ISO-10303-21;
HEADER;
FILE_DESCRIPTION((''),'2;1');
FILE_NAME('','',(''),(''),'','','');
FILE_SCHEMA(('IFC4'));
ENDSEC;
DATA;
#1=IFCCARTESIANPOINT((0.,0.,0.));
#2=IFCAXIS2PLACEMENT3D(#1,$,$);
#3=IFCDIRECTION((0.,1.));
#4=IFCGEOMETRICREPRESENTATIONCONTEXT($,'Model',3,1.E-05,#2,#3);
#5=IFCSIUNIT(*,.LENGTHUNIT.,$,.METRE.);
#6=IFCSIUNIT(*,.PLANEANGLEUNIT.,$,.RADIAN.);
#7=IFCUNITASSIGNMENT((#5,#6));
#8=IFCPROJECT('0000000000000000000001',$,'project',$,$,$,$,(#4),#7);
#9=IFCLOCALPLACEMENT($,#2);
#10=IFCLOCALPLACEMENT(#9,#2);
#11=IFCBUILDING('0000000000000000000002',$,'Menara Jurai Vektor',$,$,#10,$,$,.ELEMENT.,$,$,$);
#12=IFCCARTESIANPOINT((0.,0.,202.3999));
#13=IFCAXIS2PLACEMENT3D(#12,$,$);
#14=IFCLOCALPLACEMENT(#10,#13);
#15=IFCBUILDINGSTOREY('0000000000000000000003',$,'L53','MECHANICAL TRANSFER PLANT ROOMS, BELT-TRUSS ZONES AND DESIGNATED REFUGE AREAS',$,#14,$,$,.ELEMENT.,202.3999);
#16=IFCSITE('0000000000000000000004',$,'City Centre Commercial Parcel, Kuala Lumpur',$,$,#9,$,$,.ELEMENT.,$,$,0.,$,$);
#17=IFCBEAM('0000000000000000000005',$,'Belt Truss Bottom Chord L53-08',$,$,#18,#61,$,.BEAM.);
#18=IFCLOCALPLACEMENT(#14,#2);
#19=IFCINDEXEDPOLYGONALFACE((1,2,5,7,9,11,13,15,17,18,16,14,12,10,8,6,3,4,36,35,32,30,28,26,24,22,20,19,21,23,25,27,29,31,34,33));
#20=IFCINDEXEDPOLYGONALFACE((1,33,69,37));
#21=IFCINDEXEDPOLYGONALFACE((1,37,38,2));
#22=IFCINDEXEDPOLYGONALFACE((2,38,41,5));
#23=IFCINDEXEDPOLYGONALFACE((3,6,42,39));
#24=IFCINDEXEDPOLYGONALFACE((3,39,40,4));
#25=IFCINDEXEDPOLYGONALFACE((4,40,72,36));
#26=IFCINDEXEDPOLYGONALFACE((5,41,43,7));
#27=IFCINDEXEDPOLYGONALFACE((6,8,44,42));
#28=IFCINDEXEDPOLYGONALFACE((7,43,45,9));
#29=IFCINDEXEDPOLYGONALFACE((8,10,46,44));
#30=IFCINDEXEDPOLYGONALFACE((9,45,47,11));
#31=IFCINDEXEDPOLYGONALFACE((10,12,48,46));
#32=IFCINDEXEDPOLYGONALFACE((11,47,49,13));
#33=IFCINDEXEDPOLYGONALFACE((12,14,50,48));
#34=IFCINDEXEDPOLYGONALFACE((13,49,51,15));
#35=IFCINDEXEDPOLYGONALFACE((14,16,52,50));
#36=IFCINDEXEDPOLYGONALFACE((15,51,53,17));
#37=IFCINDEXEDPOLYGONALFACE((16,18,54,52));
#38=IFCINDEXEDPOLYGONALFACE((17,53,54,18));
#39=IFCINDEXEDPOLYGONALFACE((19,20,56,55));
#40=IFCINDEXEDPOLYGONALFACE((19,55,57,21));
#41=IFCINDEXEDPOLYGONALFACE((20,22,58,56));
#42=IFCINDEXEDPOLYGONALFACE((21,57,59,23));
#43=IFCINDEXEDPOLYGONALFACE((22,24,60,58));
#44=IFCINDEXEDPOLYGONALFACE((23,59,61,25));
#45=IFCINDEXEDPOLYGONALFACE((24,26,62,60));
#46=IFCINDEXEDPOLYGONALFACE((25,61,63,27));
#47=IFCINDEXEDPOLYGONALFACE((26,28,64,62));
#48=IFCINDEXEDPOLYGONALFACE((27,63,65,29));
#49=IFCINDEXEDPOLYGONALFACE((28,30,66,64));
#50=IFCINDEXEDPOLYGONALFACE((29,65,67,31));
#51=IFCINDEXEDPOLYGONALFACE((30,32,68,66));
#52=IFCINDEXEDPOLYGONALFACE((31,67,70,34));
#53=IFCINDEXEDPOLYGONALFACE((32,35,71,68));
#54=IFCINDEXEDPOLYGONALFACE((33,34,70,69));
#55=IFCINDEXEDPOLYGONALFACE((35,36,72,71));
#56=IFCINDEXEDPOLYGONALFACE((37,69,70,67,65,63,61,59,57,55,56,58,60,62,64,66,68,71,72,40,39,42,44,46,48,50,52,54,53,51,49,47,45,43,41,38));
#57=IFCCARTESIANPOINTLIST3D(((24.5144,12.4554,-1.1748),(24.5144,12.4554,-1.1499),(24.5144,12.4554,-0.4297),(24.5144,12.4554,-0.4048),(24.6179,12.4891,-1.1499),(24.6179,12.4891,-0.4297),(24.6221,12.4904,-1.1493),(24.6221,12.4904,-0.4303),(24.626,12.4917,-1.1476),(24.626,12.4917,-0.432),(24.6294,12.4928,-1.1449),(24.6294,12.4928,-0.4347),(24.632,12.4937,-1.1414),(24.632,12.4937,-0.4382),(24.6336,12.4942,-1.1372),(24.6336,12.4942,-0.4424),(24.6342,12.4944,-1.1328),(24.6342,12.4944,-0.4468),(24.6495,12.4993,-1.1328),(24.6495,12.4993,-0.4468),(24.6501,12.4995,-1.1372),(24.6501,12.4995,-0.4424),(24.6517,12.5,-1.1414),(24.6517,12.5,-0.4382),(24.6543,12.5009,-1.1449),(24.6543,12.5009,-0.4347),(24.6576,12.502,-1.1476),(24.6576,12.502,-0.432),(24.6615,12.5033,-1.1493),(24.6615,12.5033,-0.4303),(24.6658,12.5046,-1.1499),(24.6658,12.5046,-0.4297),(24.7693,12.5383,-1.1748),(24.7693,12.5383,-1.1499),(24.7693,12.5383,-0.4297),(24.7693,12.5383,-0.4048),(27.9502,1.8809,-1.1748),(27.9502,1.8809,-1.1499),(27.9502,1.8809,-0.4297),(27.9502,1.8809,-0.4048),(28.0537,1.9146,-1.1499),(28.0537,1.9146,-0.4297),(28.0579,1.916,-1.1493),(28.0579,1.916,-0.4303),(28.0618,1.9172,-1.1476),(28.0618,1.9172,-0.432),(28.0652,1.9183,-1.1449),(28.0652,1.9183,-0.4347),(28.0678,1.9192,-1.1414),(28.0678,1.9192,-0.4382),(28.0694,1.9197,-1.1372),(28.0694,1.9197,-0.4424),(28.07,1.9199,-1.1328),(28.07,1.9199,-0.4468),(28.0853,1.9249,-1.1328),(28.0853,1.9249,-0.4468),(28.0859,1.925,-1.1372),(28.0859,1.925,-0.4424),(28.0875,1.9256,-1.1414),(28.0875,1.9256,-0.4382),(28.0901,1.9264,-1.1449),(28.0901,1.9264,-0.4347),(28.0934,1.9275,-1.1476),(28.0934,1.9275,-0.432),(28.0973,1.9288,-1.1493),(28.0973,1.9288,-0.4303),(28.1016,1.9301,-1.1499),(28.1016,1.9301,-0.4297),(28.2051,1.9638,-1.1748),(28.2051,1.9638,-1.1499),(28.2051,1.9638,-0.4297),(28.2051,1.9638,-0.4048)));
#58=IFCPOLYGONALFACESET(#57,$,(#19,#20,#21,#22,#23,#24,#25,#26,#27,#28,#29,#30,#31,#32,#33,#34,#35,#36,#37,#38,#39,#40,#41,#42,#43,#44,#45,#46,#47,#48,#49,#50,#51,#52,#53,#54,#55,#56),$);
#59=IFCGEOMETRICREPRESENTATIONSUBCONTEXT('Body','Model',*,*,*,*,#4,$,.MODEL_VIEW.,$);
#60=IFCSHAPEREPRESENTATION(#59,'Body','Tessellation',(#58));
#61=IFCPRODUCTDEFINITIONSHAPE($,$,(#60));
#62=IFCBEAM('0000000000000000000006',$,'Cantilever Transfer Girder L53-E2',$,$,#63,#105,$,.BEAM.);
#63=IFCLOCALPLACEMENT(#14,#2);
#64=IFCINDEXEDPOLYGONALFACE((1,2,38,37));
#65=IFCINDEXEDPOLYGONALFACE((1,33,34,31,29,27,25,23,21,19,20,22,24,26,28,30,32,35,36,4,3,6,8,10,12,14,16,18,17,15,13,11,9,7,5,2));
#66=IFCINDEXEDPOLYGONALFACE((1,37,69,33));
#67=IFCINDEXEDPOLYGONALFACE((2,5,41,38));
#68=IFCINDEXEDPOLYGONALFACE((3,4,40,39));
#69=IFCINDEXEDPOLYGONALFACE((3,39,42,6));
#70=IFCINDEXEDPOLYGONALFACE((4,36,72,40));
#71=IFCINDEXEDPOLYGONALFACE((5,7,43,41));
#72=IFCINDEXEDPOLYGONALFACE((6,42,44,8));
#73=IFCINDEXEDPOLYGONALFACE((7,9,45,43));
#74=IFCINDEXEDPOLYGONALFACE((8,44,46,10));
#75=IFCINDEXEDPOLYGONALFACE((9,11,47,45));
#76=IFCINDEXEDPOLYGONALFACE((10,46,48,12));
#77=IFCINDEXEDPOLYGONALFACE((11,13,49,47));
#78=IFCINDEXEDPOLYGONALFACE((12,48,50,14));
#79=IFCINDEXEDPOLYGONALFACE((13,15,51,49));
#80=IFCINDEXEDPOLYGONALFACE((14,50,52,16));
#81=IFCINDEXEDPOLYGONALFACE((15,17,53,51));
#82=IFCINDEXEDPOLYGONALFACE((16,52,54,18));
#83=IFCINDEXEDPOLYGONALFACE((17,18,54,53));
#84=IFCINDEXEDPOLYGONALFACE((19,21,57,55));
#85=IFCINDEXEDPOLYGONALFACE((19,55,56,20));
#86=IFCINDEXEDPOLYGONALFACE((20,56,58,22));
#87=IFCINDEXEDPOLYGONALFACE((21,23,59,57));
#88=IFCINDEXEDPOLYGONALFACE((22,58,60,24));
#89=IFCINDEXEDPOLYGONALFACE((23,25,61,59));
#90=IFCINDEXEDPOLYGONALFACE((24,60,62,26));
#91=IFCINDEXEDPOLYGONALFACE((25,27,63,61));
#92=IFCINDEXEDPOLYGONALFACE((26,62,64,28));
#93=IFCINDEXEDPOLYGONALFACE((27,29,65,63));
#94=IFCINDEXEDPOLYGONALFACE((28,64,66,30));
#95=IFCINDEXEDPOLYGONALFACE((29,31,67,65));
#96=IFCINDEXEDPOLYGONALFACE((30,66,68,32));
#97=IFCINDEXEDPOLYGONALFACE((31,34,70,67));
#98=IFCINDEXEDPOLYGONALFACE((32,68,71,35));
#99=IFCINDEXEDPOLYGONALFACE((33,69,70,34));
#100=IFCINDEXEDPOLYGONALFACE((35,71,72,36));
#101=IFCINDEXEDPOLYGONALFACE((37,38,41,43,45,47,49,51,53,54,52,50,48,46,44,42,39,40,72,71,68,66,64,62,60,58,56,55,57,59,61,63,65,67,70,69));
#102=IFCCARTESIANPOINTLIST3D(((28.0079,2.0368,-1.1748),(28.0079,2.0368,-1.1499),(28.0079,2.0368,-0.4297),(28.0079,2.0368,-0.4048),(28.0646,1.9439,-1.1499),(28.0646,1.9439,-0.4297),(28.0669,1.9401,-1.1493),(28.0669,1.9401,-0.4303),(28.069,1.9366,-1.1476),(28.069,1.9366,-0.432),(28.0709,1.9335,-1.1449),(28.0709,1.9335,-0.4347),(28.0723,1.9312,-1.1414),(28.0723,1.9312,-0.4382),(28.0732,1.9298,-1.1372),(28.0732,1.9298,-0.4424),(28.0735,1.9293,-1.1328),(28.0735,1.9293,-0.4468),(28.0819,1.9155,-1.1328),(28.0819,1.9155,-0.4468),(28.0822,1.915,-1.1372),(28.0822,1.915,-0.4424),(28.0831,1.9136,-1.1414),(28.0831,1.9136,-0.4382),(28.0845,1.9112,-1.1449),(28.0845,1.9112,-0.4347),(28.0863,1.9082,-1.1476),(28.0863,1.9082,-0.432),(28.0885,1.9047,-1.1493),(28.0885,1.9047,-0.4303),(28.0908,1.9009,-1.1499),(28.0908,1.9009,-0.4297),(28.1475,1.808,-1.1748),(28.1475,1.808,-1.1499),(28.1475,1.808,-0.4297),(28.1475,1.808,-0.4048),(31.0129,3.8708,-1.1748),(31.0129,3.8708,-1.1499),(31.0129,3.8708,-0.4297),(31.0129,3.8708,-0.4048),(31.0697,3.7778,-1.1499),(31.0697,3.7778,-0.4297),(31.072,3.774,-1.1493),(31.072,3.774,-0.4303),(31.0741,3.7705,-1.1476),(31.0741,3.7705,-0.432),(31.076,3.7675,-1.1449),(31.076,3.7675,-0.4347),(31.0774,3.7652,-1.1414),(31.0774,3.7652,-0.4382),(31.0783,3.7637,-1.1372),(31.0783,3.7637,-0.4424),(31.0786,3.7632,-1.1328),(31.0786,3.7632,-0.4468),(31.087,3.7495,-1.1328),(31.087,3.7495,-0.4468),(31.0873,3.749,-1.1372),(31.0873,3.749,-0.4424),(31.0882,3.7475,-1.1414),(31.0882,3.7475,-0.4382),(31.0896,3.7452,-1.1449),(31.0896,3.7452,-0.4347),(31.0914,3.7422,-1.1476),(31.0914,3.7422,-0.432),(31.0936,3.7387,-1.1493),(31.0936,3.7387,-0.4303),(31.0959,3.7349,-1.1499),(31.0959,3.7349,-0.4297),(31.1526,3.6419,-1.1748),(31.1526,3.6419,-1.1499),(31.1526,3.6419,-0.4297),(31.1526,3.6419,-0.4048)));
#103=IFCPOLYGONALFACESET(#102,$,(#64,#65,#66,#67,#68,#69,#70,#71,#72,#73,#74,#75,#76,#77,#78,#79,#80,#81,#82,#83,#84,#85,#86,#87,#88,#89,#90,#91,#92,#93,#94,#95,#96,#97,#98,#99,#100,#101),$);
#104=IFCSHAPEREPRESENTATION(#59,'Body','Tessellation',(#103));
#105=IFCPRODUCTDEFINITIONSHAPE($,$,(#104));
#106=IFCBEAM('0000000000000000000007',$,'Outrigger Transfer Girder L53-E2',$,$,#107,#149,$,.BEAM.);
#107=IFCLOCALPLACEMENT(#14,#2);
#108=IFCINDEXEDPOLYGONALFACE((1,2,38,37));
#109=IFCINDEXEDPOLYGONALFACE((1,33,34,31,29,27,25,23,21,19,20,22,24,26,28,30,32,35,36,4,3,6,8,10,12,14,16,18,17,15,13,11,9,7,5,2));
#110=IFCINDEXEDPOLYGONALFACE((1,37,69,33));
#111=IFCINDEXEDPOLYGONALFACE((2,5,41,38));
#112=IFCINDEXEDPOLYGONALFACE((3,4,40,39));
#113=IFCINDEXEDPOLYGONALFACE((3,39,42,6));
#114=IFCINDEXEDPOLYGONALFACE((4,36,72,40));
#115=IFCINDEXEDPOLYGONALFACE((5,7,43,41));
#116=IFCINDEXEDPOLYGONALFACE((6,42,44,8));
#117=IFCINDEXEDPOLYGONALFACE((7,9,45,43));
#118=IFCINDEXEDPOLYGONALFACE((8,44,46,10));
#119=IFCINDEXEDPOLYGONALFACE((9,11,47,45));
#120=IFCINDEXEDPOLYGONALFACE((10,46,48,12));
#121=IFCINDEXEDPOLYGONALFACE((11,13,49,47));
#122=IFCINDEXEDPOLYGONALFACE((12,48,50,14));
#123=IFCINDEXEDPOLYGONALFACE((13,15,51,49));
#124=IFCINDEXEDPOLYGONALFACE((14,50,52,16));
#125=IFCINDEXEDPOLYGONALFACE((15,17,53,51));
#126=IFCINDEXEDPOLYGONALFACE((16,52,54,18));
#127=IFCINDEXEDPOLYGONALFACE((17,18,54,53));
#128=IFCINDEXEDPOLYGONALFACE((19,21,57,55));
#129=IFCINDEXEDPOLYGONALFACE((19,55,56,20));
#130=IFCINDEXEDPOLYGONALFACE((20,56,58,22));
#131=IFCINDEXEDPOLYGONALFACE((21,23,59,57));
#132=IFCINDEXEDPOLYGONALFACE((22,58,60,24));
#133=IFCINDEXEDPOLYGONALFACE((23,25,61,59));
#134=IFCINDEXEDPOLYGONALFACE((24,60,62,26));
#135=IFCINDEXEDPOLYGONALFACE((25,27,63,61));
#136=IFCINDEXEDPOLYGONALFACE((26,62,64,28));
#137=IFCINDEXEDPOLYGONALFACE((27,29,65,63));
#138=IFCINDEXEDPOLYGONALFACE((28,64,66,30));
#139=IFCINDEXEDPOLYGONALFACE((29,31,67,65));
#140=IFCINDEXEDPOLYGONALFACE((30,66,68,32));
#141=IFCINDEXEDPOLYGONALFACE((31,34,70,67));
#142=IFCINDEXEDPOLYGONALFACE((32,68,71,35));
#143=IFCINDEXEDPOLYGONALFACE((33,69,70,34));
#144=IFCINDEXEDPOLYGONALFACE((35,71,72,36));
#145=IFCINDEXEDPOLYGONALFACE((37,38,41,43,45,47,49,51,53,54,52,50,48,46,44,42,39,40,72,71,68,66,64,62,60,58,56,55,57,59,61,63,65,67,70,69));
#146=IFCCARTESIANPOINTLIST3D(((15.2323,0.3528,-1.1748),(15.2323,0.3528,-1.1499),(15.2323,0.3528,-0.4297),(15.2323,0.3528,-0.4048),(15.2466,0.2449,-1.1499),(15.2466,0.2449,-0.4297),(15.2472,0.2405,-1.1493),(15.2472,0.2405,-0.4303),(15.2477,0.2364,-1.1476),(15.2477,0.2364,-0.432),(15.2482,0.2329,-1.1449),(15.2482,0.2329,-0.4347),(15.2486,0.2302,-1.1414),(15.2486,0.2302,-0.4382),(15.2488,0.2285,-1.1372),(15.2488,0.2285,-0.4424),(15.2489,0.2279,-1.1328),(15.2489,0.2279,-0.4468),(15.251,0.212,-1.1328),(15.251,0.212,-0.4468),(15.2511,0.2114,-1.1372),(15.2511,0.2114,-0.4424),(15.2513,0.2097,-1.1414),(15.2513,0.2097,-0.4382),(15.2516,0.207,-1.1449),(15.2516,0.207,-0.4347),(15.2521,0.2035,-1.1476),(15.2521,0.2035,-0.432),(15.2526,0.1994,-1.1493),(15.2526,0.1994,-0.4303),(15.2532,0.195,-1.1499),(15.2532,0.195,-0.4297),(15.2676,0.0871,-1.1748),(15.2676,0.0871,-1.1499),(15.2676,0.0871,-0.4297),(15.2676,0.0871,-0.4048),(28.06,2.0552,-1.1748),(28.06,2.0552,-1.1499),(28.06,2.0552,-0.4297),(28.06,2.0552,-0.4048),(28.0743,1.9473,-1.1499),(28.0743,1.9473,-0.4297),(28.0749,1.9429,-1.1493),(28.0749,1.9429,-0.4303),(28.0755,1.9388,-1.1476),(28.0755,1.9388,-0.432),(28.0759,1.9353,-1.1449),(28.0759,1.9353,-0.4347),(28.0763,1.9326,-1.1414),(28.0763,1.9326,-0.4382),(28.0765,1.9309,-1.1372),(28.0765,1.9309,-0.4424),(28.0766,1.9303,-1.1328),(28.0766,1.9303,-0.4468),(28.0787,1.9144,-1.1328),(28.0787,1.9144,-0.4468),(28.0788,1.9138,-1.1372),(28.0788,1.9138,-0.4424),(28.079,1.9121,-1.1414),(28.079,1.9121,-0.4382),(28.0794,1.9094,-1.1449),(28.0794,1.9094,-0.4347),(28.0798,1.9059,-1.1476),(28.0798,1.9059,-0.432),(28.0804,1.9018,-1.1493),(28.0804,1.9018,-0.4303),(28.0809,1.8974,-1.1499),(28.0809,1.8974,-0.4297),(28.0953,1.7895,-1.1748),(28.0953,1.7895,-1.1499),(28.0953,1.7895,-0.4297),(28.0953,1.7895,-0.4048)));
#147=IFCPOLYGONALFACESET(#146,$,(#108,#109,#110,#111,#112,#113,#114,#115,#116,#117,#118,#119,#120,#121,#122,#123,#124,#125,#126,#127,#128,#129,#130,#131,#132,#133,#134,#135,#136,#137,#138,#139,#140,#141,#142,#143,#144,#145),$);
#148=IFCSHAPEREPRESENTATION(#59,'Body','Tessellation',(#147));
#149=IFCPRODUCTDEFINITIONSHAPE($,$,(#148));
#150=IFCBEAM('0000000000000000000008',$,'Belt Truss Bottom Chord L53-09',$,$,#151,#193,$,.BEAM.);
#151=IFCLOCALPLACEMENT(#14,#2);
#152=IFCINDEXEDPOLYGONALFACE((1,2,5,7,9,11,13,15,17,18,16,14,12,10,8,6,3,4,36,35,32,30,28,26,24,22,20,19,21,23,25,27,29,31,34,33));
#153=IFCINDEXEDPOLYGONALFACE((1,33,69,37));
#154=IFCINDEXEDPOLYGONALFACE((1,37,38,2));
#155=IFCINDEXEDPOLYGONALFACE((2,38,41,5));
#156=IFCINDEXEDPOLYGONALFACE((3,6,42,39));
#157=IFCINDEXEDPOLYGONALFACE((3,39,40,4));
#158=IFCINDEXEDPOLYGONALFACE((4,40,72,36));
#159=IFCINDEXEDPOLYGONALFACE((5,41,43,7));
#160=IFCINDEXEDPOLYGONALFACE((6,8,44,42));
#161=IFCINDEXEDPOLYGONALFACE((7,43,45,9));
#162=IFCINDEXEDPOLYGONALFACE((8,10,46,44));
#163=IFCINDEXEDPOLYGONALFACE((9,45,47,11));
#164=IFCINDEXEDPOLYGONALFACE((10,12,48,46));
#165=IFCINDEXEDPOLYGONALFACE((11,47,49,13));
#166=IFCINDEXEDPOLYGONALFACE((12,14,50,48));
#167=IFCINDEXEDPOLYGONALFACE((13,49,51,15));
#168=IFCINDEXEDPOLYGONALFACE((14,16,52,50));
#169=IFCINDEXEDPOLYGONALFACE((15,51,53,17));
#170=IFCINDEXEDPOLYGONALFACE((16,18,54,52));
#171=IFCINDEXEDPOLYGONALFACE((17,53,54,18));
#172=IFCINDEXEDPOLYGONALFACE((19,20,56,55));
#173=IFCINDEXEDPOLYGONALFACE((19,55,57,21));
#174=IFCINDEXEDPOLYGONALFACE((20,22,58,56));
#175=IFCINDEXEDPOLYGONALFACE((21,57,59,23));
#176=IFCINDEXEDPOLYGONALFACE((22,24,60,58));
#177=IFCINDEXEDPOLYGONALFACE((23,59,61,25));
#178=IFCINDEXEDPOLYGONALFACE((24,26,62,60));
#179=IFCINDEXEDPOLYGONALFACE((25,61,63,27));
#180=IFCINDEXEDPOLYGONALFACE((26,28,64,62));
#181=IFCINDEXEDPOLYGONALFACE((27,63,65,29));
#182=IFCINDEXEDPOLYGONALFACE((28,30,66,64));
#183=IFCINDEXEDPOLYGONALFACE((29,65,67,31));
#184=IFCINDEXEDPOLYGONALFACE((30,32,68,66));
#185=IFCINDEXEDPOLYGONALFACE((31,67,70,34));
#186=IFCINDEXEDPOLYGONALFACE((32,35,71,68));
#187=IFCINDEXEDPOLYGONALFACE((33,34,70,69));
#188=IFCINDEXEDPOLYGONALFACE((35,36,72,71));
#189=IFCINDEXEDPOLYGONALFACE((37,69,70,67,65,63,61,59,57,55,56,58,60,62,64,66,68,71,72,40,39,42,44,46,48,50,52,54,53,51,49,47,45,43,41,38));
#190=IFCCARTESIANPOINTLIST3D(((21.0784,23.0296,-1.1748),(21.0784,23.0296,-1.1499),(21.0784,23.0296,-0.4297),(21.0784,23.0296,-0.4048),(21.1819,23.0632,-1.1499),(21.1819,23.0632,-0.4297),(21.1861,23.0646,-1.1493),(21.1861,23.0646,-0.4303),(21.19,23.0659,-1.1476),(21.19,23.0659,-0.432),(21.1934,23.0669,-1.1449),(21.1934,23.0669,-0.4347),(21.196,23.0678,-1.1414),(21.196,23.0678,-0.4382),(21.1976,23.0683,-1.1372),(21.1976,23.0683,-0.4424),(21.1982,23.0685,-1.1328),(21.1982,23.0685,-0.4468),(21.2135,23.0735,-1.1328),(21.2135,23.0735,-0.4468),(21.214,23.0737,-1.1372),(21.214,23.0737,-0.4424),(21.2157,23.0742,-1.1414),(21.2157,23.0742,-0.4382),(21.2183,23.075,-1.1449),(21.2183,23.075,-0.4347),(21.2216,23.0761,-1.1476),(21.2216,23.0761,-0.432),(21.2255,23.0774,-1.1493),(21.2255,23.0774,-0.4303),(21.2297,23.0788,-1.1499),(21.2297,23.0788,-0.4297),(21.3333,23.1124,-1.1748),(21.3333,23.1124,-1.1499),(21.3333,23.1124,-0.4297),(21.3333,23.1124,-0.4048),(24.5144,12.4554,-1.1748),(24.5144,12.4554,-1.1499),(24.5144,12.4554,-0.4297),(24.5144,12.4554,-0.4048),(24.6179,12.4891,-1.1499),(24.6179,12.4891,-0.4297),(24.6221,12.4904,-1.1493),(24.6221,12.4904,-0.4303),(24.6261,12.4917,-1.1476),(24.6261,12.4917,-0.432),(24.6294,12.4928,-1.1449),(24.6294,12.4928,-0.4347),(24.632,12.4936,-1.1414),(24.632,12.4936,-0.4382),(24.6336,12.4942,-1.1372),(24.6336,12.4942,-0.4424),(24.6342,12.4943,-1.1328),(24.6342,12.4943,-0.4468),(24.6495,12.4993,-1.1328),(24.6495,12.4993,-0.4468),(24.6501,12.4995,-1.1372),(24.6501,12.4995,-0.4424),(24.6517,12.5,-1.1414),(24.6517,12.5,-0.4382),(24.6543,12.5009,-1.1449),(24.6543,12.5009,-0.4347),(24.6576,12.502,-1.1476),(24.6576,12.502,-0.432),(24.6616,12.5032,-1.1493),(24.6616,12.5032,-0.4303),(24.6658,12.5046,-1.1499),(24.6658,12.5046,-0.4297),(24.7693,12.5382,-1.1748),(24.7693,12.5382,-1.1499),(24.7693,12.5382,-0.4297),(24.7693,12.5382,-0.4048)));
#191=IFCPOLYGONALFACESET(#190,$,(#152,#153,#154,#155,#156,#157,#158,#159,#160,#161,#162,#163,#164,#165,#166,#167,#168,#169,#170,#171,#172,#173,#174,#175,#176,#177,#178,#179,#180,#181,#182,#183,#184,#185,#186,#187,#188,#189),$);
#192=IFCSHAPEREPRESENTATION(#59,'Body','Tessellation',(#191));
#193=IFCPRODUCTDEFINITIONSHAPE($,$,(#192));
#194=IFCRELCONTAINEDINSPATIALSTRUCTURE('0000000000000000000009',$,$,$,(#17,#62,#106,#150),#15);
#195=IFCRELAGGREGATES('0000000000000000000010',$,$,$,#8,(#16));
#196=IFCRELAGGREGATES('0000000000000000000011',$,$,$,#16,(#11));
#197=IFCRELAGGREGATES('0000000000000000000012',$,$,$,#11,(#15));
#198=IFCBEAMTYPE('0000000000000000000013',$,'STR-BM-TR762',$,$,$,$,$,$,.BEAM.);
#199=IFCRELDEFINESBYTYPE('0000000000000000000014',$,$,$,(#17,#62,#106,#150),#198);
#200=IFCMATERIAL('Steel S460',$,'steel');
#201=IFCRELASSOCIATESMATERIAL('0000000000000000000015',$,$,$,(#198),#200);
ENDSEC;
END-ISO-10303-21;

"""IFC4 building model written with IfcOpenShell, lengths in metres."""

from ifc_helpers import new_model, si_unit, direction, frame, origin, origin_2d, place, context, subcontext, project, spatial, i_section, extrude, material, material_profile, profile_set, type_object, element, save


model = new_model("IFC4")

# Units and contexts
model_context = context("Model", 3, precision=1e-05, world=origin(), true_north=direction((0.0, 1.0)))
body_context = subcontext(model_context, "Body", "Model", "MODEL_VIEW")
ifc_project = project(units=[si_unit("LENGTHUNIT", "METRE"), si_unit("PLANEANGLEUNIT", "RADIAN")], contexts=[model_context])

# Site, building, storey
site_placement = place(None, origin())
site = spatial("IfcSite", under=ifc_project, at=site_placement, Name="City Centre Commercial Parcel, Kuala Lumpur", CompositionType="ELEMENT", RefElevation=0.0)
building_placement = place(site_placement, origin())
building = spatial("IfcBuilding", under=site, at=building_placement, Name="Menara Jurai Vektor", CompositionType="ELEMENT")
storey_placement = place(building_placement, frame((0.0, 0.0, 202.3999)))
storey = spatial("IfcBuildingStorey", under=building, at=storey_placement, Name="L53", Description="MECHANICAL TRANSFER PLANT ROOMS, BELT-TRUSS ZONES AND DESIGNATED REFUGE AREAS", CompositionType="ELEMENT", Elevation=202.3999)

# Shared definitions
ifc_material_1 = material(Name="Steel S460", Category="steel")

# Beams
ifc_material_profile_1 = material_profile(ifc_material_1, i_section(OverallWidth=0.2681, OverallDepth=0.77, WebThickness=0.0161, FlangeThickness=0.0249, FilletRadius=0.0171, at=origin_2d()), Name="UKB 762x267x197")
ifc_profile_set_1 = profile_set([ifc_material_profile_1], Name="Steel S460")
beam_type_1 = type_object("IfcBeamType", Name="STR-BM-TR762", PredefinedType="BEAM", material=ifc_profile_set_1)
beam_1_placement = place(storey_placement, frame((28.0776, 1.9224, -0.7898), z_axis=(-0.309012, 0.951058, 0.0), x_axis=(-0.951058, -0.309012, 0.0)))
element("IfcBeam", 1, at=beam_1_placement, inside=storey, type_object=beam_type_1, Name="Belt Truss Bottom Chord L53-08", PredefinedType="BEAM", context=body_context, shape_type="SweptSolid", body=[
    extrude(i_section(OverallWidth=0.2681, OverallDepth=0.77, WebThickness=0.0161, FlangeThickness=0.0249, FilletRadius=0.0171, at=origin_2d()), origin(), (0.0, 0.0, 1.0), 11.1187),
])
beam_2_placement = place(storey_placement, frame((31.0828, 3.7563, -0.7898), z_axis=(-0.853595, -0.520937, 0.0), x_axis=(0.520937, -0.853595, 0.0)))
element("IfcBeam", 2, at=beam_2_placement, inside=storey, type_object=beam_type_1, Name="Cantilever Transfer Girder L53-E2", PredefinedType="BEAM", context=body_context, shape_type="SweptSolid", body=[
    extrude(i_section(OverallWidth=0.2681, OverallDepth=0.77, WebThickness=0.0161, FlangeThickness=0.0249, FilletRadius=0.0171, at=origin_2d()), origin(), (0.0, 0.0, 1.0), 3.5205),
])
beam_3_placement = place(storey_placement, frame((28.0776, 1.9224, -0.7898), z_axis=(-0.991308, -0.131559, 0.0), x_axis=(0.131559, -0.991308, 0.0)))
element("IfcBeam", 3, at=beam_3_placement, inside=storey, type_object=beam_type_1, Name="Outrigger Transfer Girder L53-E2", PredefinedType="BEAM", context=body_context, shape_type="SweptSolid", body=[
    extrude(i_section(OverallWidth=0.2681, OverallDepth=0.77, WebThickness=0.0161, FlangeThickness=0.0249, FilletRadius=0.0171, at=origin_2d()), origin(), (0.0, 0.0, 1.0), 12.9402),
])
beam_4_placement = place(storey_placement, frame((24.6418, 12.4968, -0.7898), z_axis=(-0.309038, 0.95105, 0.0), x_axis=(-0.95105, -0.309038, 0.0)))
element("IfcBeam", 4, at=beam_4_placement, inside=storey, type_object=beam_type_1, Name="Belt Truss Bottom Chord L53-09", PredefinedType="BEAM", context=body_context, shape_type="SweptSolid", body=[
    extrude(i_section(OverallWidth=0.2681, OverallDepth=0.77, WebThickness=0.0161, FlangeThickness=0.0249, FilletRadius=0.0171, at=origin_2d()), origin(), (0.0, 0.0, 1.0), 11.1184),
])

save(model, "model.ifc")
